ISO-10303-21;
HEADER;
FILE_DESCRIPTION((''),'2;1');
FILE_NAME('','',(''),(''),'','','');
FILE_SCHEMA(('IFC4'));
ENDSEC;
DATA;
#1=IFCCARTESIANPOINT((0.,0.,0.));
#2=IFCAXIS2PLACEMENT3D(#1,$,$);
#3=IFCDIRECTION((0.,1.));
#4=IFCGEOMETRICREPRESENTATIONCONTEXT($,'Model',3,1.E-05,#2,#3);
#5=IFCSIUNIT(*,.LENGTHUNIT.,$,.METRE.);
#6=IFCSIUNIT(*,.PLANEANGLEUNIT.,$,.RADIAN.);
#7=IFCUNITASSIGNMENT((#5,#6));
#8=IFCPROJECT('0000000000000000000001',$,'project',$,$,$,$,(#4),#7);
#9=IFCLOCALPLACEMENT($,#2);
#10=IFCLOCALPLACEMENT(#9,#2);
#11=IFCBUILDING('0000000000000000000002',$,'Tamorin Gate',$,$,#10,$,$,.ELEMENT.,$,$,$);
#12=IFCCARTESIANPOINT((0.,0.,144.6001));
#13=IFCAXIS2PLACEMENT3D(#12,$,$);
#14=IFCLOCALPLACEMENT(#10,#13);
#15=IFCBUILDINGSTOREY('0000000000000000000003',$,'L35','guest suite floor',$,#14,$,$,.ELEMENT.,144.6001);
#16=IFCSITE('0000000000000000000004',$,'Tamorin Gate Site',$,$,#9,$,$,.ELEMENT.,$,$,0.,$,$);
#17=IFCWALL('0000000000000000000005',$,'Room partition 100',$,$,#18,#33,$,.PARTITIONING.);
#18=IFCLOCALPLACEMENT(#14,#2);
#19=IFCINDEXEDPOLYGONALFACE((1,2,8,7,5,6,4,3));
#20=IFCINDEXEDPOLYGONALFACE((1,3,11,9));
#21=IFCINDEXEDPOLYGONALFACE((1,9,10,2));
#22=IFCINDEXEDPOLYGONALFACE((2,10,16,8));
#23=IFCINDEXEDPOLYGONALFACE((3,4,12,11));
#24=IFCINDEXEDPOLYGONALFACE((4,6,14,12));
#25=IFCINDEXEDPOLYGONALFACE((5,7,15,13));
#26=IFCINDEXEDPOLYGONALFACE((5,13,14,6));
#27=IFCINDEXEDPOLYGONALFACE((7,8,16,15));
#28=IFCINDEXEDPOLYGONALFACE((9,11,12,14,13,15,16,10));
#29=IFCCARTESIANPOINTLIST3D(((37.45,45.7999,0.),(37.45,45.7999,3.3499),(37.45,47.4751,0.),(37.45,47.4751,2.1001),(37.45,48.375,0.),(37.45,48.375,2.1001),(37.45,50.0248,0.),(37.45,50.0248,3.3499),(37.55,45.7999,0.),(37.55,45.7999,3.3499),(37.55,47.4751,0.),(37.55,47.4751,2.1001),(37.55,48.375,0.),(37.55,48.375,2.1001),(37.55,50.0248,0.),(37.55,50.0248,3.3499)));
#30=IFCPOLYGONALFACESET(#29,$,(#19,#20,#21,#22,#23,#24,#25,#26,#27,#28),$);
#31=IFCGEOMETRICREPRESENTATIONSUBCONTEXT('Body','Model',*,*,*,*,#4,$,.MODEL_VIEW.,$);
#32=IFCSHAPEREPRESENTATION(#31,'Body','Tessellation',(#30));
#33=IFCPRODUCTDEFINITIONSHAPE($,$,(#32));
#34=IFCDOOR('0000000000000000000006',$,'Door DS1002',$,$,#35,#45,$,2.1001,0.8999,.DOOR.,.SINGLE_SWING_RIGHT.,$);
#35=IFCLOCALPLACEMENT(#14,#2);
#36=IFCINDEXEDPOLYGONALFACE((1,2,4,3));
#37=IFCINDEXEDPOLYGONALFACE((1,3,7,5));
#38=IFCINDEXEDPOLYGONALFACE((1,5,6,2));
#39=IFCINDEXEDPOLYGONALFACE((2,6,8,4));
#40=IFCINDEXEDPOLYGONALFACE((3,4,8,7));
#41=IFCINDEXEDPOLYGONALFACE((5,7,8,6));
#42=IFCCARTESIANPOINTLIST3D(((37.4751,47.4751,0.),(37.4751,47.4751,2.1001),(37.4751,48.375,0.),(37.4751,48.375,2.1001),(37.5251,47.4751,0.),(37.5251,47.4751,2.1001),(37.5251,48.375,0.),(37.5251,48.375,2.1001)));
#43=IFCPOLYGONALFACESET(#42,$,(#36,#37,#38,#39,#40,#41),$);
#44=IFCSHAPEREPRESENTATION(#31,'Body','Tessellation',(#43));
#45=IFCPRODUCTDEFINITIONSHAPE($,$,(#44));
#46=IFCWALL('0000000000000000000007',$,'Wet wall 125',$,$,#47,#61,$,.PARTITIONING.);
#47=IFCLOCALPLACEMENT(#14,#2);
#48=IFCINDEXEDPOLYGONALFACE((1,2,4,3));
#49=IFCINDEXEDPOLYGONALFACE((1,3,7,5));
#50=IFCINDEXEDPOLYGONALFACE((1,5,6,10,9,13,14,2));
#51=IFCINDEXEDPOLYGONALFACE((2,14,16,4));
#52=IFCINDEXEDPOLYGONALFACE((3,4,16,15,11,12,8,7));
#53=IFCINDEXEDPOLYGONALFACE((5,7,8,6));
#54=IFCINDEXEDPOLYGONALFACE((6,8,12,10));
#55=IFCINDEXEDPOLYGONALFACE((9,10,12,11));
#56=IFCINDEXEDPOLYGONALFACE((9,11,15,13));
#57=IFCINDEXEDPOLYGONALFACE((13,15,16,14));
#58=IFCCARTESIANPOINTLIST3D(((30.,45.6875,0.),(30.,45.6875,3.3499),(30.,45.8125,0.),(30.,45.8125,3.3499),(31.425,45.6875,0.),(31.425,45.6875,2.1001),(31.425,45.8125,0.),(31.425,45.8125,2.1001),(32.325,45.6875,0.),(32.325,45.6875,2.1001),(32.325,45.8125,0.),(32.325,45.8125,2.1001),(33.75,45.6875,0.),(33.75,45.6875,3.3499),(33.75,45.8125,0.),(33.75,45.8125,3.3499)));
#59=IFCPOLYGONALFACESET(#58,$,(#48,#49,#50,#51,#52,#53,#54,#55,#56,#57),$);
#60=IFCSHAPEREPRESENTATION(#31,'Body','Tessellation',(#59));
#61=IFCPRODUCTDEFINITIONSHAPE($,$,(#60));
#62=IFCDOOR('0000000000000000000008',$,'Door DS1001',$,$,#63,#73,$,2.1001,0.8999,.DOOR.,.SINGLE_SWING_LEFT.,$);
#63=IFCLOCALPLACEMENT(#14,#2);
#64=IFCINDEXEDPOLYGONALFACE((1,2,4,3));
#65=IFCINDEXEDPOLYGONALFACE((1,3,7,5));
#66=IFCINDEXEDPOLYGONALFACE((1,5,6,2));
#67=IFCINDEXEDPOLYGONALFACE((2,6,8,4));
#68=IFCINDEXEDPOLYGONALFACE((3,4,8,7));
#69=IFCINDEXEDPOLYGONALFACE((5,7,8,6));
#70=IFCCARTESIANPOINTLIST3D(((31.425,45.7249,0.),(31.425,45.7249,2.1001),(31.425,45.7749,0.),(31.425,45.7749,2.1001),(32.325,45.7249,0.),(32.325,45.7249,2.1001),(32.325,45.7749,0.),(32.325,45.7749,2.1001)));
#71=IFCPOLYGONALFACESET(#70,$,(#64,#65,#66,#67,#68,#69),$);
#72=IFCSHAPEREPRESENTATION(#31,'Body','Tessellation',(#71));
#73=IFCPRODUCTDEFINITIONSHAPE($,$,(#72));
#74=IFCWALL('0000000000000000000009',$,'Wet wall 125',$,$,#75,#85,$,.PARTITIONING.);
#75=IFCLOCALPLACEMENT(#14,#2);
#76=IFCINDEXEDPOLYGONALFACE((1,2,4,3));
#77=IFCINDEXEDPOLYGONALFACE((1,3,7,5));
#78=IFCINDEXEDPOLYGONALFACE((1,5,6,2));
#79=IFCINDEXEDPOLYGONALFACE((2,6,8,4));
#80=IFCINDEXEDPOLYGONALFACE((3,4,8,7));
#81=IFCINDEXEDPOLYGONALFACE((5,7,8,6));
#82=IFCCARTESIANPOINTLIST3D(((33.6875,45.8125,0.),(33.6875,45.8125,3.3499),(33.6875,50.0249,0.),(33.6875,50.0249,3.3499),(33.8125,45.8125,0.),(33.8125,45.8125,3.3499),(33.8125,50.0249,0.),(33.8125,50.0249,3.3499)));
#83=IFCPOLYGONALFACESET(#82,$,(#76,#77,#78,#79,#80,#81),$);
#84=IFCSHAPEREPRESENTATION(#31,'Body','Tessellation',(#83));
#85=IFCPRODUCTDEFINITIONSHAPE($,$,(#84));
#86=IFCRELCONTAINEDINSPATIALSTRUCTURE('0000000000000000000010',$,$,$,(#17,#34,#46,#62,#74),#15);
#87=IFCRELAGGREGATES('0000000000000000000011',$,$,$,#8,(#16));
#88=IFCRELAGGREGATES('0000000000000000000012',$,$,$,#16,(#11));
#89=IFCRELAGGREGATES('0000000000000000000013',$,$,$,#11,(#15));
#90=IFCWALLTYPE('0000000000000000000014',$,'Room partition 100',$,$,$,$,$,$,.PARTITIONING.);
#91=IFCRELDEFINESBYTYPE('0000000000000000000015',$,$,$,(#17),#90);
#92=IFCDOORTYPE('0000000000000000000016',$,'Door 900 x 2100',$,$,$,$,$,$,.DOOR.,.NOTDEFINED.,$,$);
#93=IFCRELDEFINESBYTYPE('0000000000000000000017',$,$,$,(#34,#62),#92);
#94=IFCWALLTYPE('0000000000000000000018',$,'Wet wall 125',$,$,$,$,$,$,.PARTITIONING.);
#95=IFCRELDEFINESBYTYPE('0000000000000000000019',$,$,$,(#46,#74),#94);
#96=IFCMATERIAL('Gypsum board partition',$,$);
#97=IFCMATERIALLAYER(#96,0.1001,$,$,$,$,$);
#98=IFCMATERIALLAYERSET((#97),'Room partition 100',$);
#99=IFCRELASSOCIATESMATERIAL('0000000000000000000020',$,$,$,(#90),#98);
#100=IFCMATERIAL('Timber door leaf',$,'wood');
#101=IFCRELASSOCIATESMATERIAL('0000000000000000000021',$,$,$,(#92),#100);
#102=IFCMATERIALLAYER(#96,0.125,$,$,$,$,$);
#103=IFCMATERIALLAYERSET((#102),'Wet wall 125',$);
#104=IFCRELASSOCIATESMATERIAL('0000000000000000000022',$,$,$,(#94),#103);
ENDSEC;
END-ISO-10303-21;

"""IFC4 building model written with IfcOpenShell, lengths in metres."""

from ifc_helpers import new_model, si_unit, direction, frame, frame_2d, origin, place, context, subcontext, project, spatial, rectangle, extrude, material, layer, layer_set, type_object, element, fill, save


model = new_model("IFC4")

# Units and contexts
model_context = context("Model", 3, precision=1e-05, world=origin(), true_north=direction((0.0, 1.0)))
body_context = subcontext(model_context, "Body", "Model", "MODEL_VIEW")
ifc_project = project(units=[si_unit("LENGTHUNIT", "METRE"), si_unit("PLANEANGLEUNIT", "RADIAN")], contexts=[model_context])

# Site, building, storey
site_placement = place(None, origin())
site = spatial("IfcSite", under=ifc_project, at=site_placement, Name="Tamorin Gate Site", CompositionType="ELEMENT", RefElevation=0.0)
building_placement = place(site_placement, origin())
building = spatial("IfcBuilding", under=site, at=building_placement, Name="Tamorin Gate", CompositionType="ELEMENT")
storey_placement = place(building_placement, frame((0.0, 0.0, 144.6001)))
storey = spatial("IfcBuildingStorey", under=building, at=storey_placement, Name="L35", Description="guest suite floor", CompositionType="ELEMENT", Elevation=144.6001)

# Walls, openings, doors
ifc_material_1 = material(Name="Gypsum board partition")
ifc_layer_1 = layer(ifc_material_1, 0.1001)
ifc_layer_set_1 = layer_set([ifc_layer_1], Name="Room partition 100")
wall_type_1 = type_object("IfcWallType", Name="Room partition 100", PredefinedType="PARTITIONING", material=ifc_layer_set_1)
ifc_material_2 = material(Name="Timber door leaf", Category="wood")
door_type = type_object("IfcDoorType", Name="Door 900 x 2100", OperationType="NOTDEFINED", PredefinedType="DOOR", material=ifc_material_2)
wall_1_placement = place(storey_placement, frame((37.5, 45.8, 0.0), z_axis=(0.0, 0.0, 1.0), x_axis=(0.0, 1.0, 0.0)))
wall_1 = element("IfcWall", 1, at=wall_1_placement, inside=storey, type_object=wall_type_1, Name="Room partition 100", PredefinedType="PARTITIONING", context=body_context, shape_type="SweptSolid", body=[
    extrude(rectangle(XDim=4.2249, YDim=0.1001, at=frame_2d((2.1123, 0.0))), origin(), (0.0, 0.0, 1.0), 3.3499),
])
opening_1_placement = place(wall_1_placement, frame((1.675, 0.0, 0.0)))
opening_1 = element("IfcOpeningElement", 2, at=opening_1_placement, cuts=wall_1, PredefinedType="OPENING", context=body_context, shape_type="SweptSolid", body=[
    extrude(rectangle(XDim=0.8999, YDim=2.1001, at=frame_2d((0.45, 1.05))), frame((0.0, 0.0601, 0.0), z_axis=(0.0, -1.0, 0.0), x_axis=(1.0, 0.0, 0.0)), (0.0, 0.0, 1.0), 0.1201),
])
door_1_placement = place(opening_1_placement, origin())
door_1 = element("IfcDoor", 3, at=door_1_placement, inside=storey, type_object=door_type, Name="Door DS1002", OperationType="SINGLE_SWING_RIGHT", OverallHeight=2.1001, OverallWidth=0.8999, PredefinedType="DOOR", context=body_context, shape_type="SweptSolid", body=[
    extrude(rectangle(XDim=0.8999, YDim=2.1001, at=frame_2d((0.45, 1.05))), frame((0.0, 0.0249, 0.0), z_axis=(0.0, -1.0, 0.0), x_axis=(1.0, 0.0, 0.0)), (0.0, 0.0, 1.0), 0.05),
])
fill(opening_1, door_1)
ifc_layer_2 = layer(ifc_material_1, 0.125)
ifc_layer_set_2 = layer_set([ifc_layer_2], Name="Wet wall 125")
wall_type_2 = type_object("IfcWallType", Name="Wet wall 125", PredefinedType="PARTITIONING", material=ifc_layer_set_2)
wall_2_placement = place(storey_placement, frame((30.0, 45.75, 0.0), z_axis=(0.0, 0.0, 1.0), x_axis=(1.0, 0.0, 0.0)))
wall_2 = element("IfcWall", 4, at=wall_2_placement, inside=storey, type_object=wall_type_2, Name="Wet wall 125", PredefinedType="PARTITIONING", context=body_context, shape_type="SweptSolid", body=[
    extrude(rectangle(XDim=3.75, YDim=0.125, at=frame_2d((1.875, 0.0))), origin(), (0.0, 0.0, 1.0), 3.3499),
])
opening_2_placement = place(wall_2_placement, frame((1.425, 0.0, 0.0)))
opening_2 = element("IfcOpeningElement", 5, at=opening_2_placement, cuts=wall_2, PredefinedType="OPENING", context=body_context, shape_type="SweptSolid", body=[
    extrude(rectangle(XDim=0.8999, YDim=2.1001, at=frame_2d((0.45, 1.05))), frame((0.0, 0.0725, 0.0), z_axis=(0.0, -1.0, 0.0), x_axis=(1.0, 0.0, 0.0)), (0.0, 0.0, 1.0), 0.145),
])
door_2_placement = place(opening_2_placement, origin())
door_2 = element("IfcDoor", 6, at=door_2_placement, inside=storey, type_object=door_type, Name="Door DS1001", OperationType="SINGLE_SWING_LEFT", OverallHeight=2.1001, OverallWidth=0.8999, PredefinedType="DOOR", context=body_context, shape_type="SweptSolid", body=[
    extrude(rectangle(XDim=0.8999, YDim=2.1001, at=frame_2d((0.45, 1.05))), frame((0.0, 0.0249, 0.0), z_axis=(0.0, -1.0, 0.0), x_axis=(1.0, 0.0, 0.0)), (0.0, 0.0, 1.0), 0.05),
])
fill(opening_2, door_2)

# Wall
wall_3_placement = place(storey_placement, frame((33.75, 45.8125, 0.0), z_axis=(0.0, 0.0, 1.0), x_axis=(0.0, 1.0, 0.0)))
element("IfcWall", 7, at=wall_3_placement, inside=storey, type_object=wall_type_2, Name="Wet wall 125", PredefinedType="PARTITIONING", context=body_context, shape_type="SweptSolid", body=[
    extrude(rectangle(XDim=4.2124, YDim=0.125, at=frame_2d((2.1062, 0.0))), origin(), (0.0, 0.0, 1.0), 3.3499),
])

save(model, "model.ifc")
